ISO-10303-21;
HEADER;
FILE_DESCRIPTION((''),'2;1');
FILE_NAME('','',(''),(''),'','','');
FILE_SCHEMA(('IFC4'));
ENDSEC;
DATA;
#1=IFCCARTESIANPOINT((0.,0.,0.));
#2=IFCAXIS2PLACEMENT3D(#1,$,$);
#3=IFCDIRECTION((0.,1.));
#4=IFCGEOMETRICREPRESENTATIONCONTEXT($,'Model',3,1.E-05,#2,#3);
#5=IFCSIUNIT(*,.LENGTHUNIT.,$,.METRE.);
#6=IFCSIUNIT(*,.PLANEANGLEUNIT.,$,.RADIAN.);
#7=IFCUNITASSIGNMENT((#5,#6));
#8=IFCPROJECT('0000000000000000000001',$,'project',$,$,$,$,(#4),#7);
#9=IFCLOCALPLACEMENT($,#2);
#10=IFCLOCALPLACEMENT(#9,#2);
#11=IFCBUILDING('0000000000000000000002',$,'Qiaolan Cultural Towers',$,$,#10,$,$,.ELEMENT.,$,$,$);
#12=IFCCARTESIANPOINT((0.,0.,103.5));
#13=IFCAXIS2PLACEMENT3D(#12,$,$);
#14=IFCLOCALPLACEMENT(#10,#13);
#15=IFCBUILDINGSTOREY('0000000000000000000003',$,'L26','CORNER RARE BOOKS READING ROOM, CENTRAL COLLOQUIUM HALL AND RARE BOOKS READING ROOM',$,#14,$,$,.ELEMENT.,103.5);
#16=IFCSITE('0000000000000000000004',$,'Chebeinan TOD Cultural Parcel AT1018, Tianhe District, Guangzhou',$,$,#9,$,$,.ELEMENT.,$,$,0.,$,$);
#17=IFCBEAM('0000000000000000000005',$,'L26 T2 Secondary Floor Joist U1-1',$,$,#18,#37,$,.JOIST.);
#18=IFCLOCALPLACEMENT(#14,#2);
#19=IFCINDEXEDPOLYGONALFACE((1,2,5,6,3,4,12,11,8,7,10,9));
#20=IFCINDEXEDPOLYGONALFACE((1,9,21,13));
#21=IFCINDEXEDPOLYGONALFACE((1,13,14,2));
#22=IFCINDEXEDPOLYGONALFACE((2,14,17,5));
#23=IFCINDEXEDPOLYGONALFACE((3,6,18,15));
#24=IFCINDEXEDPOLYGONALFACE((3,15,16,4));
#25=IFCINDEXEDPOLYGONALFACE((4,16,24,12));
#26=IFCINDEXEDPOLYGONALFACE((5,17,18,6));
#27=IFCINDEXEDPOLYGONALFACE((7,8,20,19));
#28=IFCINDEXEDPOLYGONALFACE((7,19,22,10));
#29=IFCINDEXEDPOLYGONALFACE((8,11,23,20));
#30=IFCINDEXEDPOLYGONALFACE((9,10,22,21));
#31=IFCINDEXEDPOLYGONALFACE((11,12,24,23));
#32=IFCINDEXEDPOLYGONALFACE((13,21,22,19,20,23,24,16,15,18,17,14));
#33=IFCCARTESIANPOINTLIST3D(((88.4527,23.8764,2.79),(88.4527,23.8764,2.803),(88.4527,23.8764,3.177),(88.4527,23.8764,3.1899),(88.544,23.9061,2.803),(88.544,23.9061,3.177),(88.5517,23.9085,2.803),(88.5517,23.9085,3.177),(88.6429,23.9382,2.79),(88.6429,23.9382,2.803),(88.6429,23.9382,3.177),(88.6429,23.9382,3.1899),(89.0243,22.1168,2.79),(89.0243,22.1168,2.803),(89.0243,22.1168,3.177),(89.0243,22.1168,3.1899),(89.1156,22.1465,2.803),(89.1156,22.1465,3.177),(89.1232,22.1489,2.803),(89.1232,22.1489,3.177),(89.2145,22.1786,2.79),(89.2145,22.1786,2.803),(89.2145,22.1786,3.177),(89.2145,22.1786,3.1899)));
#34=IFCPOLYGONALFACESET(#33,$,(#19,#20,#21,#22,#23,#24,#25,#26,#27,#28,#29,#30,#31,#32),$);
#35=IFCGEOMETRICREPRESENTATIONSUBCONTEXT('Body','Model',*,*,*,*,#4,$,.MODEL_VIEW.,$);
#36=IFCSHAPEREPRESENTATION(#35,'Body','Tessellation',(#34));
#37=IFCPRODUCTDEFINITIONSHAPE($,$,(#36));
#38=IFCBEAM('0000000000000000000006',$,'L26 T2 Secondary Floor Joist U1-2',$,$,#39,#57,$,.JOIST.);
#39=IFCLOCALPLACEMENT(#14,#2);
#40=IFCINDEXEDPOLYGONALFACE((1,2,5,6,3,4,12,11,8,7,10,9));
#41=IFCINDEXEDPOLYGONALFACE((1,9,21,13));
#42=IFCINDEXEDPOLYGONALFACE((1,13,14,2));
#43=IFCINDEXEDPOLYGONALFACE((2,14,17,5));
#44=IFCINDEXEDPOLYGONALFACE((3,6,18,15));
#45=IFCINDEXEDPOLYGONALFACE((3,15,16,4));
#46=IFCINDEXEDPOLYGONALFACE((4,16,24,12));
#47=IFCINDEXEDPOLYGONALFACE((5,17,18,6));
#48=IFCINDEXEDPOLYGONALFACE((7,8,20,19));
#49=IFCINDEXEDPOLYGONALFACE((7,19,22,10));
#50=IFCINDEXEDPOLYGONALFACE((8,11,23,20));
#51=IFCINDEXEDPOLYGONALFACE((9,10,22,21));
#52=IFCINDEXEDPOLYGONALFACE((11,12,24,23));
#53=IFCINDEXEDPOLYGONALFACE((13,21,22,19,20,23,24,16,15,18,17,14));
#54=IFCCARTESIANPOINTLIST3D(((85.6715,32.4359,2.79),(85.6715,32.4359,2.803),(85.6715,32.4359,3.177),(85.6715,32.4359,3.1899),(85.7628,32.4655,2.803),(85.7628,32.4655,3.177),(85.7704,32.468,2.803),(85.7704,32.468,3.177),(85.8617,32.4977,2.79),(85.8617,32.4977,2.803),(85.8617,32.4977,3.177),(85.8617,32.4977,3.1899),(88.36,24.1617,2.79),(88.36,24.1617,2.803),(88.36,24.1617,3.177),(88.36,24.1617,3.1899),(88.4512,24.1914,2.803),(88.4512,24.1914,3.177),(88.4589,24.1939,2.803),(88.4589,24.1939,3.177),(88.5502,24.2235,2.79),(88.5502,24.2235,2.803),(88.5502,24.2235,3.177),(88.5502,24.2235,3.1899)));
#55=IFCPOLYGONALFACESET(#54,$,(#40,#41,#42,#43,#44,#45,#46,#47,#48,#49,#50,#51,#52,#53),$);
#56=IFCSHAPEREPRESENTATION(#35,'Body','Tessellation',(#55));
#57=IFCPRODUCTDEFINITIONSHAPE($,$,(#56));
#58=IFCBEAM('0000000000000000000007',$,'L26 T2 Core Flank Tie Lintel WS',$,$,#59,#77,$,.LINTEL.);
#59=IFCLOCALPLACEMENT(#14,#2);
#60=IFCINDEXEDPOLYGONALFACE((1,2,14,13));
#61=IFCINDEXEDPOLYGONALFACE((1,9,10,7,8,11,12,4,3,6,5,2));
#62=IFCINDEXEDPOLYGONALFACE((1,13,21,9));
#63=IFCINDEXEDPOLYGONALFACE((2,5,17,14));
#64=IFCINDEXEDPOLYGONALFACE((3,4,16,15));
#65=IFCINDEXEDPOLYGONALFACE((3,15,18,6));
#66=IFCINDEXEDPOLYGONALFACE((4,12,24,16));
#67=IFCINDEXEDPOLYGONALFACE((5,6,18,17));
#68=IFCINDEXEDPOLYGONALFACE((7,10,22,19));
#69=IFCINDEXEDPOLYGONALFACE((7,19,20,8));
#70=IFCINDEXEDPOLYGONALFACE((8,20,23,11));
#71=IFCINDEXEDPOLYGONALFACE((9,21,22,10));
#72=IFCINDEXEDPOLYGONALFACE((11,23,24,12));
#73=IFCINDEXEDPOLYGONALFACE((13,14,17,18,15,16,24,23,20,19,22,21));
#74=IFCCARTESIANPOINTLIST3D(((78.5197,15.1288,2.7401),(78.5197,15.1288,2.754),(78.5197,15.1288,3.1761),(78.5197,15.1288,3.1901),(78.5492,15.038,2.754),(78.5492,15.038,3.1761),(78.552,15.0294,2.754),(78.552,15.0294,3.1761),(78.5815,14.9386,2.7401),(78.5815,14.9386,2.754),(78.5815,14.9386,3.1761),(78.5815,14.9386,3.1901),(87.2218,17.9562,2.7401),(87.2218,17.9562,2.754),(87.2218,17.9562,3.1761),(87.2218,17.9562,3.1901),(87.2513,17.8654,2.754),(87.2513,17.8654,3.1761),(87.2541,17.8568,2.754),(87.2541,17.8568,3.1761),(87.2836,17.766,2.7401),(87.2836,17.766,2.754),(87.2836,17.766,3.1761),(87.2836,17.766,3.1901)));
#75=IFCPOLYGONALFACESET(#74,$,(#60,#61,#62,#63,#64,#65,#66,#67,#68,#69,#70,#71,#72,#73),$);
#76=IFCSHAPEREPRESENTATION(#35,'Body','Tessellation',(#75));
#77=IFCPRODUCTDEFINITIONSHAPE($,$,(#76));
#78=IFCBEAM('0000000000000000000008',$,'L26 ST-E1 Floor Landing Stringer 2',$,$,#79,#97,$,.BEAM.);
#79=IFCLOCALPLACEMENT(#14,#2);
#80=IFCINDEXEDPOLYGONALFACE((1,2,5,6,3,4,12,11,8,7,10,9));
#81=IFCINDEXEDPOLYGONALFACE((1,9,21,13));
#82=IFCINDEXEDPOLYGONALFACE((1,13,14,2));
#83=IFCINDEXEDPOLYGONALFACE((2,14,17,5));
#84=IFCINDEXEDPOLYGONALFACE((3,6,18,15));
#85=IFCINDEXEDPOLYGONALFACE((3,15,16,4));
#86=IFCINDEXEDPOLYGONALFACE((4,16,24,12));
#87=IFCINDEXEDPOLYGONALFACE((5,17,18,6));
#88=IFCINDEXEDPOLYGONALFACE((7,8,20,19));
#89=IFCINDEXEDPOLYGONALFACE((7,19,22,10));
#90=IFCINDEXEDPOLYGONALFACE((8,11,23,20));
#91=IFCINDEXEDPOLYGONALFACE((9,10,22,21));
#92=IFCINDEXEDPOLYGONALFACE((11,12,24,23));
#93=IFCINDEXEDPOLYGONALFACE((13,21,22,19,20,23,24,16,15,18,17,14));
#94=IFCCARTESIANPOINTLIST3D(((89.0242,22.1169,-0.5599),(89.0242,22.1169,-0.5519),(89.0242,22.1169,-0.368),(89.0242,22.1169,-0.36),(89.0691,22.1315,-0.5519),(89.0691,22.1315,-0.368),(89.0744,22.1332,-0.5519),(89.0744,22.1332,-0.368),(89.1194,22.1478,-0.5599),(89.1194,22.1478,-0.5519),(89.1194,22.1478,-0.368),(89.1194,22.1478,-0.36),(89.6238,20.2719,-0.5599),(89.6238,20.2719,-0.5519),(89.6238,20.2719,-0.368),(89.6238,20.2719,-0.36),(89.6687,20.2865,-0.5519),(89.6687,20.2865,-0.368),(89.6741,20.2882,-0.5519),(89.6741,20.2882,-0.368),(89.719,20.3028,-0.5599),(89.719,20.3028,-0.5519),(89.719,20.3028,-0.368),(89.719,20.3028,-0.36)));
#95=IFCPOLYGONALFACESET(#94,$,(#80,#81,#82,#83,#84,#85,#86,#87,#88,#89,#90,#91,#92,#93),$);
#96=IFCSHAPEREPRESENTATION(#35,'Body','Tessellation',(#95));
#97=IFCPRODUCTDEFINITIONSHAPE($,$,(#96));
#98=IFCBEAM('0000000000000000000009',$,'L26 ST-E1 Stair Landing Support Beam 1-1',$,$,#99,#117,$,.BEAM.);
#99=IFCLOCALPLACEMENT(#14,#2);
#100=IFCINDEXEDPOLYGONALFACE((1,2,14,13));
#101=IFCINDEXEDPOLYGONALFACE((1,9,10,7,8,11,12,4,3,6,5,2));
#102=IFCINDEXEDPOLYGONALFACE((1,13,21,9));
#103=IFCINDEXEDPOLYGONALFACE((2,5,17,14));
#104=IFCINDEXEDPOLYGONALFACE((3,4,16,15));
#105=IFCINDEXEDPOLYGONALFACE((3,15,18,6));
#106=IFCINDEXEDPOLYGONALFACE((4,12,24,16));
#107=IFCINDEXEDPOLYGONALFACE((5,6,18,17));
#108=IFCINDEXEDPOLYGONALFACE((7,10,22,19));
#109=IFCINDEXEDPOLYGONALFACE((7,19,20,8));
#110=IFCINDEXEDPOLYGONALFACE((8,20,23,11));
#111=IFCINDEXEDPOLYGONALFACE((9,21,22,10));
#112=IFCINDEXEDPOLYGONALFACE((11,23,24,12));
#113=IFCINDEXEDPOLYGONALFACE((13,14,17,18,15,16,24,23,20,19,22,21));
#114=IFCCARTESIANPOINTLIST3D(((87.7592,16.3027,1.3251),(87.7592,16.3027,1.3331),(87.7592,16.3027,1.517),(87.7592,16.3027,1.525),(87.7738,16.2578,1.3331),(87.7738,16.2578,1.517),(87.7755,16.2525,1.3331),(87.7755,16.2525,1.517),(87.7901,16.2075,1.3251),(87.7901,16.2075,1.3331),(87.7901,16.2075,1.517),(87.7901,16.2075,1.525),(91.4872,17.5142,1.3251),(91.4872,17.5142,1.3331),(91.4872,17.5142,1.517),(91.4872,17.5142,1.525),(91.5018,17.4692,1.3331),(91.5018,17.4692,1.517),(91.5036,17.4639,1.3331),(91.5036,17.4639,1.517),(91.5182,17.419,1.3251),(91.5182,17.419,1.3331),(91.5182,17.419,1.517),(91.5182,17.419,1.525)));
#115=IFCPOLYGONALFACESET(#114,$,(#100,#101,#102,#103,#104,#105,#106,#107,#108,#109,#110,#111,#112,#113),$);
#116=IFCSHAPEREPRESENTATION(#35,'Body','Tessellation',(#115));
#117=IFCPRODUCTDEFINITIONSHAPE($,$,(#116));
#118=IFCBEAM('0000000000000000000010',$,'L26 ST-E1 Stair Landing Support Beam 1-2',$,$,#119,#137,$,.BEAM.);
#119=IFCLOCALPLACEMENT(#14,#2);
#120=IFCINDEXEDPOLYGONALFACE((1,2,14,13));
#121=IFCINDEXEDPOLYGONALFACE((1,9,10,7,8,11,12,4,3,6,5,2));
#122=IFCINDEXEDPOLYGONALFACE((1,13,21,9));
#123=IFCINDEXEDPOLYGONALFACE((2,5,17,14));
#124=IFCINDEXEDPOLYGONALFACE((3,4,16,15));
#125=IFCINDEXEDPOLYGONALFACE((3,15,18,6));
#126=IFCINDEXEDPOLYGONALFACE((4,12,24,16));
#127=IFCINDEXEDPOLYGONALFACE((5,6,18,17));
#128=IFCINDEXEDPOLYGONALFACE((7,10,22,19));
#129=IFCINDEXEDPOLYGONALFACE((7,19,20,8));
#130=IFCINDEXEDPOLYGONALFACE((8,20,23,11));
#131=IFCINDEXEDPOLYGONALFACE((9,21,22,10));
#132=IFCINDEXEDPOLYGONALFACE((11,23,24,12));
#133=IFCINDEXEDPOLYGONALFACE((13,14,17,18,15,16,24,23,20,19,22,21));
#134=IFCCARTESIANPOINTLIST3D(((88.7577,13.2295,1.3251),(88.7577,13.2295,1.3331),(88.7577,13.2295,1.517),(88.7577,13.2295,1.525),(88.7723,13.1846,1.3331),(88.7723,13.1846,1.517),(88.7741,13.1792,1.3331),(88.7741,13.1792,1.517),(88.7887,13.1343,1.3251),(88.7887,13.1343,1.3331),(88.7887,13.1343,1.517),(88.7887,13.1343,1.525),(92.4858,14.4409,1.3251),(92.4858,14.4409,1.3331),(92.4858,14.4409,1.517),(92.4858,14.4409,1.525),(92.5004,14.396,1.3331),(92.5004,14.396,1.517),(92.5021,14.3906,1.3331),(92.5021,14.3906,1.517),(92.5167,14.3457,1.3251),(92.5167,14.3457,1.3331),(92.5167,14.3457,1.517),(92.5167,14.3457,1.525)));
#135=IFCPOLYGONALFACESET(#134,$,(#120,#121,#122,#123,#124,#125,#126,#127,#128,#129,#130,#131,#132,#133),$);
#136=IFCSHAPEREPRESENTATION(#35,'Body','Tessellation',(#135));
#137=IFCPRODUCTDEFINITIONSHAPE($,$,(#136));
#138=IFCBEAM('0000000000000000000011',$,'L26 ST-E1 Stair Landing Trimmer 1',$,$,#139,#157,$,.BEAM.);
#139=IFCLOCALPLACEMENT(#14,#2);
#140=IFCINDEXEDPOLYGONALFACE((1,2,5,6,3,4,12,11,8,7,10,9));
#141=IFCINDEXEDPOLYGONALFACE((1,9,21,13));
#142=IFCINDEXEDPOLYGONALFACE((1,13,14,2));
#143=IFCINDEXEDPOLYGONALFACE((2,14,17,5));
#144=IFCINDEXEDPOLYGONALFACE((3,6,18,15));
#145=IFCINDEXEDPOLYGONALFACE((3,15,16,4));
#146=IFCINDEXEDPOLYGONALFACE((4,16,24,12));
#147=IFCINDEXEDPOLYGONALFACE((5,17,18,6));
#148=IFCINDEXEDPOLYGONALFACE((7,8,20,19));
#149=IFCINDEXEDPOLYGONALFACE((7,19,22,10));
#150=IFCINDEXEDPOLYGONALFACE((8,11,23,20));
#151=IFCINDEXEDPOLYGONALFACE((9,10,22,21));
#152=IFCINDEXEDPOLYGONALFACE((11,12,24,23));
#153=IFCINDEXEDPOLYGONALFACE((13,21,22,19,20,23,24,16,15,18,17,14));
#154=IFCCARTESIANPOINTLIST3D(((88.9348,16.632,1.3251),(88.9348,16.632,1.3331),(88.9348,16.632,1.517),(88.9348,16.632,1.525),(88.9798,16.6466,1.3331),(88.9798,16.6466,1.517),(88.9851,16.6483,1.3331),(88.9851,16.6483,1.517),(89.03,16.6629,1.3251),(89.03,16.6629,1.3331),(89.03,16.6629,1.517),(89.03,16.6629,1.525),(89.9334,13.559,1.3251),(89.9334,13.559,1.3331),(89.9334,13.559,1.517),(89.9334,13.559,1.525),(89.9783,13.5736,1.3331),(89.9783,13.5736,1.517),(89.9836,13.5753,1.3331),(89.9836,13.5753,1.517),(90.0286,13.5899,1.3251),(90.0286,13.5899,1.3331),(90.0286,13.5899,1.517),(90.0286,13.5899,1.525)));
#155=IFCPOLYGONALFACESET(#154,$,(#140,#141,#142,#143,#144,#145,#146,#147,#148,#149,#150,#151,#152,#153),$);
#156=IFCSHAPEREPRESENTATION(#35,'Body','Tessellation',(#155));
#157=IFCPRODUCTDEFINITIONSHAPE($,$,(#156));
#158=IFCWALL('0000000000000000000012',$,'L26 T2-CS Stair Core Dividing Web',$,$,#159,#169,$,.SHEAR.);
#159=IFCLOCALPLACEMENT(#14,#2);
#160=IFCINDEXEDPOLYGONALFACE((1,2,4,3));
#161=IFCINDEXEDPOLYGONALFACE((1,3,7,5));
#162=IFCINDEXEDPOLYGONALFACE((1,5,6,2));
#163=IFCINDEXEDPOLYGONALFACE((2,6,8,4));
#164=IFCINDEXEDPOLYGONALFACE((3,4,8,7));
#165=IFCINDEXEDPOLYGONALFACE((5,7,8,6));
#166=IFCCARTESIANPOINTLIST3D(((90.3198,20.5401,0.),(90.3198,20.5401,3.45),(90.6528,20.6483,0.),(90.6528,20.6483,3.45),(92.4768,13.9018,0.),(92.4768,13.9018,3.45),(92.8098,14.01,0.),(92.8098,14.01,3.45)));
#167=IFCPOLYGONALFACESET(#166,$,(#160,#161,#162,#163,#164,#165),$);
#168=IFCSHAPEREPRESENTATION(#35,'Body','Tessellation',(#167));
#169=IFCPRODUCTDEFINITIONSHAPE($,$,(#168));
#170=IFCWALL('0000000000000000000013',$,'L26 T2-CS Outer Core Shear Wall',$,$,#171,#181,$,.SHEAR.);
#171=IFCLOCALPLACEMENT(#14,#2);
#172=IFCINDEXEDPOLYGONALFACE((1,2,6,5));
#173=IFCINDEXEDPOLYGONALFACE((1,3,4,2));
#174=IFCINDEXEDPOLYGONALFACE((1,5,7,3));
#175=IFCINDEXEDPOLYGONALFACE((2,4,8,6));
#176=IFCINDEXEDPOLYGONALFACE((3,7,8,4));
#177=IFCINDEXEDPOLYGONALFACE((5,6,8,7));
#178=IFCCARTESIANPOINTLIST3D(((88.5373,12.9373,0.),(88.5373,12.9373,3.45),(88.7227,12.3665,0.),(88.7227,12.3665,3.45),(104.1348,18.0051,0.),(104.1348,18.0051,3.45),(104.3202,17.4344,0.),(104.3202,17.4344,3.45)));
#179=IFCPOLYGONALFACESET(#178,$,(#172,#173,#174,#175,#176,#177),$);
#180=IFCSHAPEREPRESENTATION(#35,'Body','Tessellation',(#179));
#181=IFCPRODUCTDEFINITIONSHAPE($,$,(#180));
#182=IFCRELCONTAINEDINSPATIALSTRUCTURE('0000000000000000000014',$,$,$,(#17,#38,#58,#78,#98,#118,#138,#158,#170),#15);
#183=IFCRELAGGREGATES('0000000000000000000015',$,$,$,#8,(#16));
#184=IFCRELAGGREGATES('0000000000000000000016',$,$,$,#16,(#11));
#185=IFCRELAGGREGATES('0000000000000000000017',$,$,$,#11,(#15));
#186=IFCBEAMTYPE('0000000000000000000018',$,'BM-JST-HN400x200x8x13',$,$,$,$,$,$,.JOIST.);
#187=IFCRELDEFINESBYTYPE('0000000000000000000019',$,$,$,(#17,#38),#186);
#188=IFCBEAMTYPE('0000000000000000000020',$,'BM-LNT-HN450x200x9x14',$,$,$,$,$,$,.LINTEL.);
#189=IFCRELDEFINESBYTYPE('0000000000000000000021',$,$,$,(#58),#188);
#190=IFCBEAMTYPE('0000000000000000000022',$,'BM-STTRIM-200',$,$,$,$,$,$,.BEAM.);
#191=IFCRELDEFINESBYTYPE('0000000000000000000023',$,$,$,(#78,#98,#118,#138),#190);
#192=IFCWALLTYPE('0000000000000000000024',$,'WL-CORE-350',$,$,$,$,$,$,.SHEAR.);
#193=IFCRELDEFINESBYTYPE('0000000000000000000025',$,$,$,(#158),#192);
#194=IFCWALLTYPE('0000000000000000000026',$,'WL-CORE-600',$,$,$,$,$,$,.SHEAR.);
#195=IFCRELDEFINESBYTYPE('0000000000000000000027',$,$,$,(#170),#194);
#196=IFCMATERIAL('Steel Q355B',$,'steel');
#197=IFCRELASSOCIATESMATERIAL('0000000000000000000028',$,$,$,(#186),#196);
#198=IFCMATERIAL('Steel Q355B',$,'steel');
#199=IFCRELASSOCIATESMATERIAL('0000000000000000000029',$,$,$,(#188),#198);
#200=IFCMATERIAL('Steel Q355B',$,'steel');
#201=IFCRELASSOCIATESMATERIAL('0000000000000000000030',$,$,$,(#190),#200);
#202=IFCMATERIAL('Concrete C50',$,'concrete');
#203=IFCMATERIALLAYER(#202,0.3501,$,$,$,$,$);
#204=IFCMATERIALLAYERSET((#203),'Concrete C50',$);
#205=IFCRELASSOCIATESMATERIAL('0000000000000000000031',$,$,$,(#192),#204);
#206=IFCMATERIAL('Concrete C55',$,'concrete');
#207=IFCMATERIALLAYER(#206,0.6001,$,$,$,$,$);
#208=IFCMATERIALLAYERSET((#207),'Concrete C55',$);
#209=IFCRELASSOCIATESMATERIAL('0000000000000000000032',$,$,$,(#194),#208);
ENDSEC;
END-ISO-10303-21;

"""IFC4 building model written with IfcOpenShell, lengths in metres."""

from ifc_helpers import new_model, si_unit, direction, frame, frame_2d, origin, origin_2d, place, context, subcontext, project, spatial, rectangle, i_section, extrude, material, layer, layer_set, material_profile, profile_set, type_object, element, save


model = new_model("IFC4")

# Units and contexts
model_context = context("Model", 3, precision=1e-05, world=origin(), true_north=direction((0.0, 1.0)))
body_context = subcontext(model_context, "Body", "Model", "MODEL_VIEW")
ifc_project = project(units=[si_unit("LENGTHUNIT", "METRE"), si_unit("PLANEANGLEUNIT", "RADIAN")], contexts=[model_context])

# Site, building, storey
site_placement = place(None, origin())
site = spatial("IfcSite", under=ifc_project, at=site_placement, Name="Chebeinan TOD Cultural Parcel AT1018, Tianhe District, Guangzhou", CompositionType="ELEMENT", RefElevation=0.0)
building_placement = place(site_placement, origin())
building = spatial("IfcBuilding", under=site, at=building_placement, Name="Qiaolan Cultural Towers", CompositionType="ELEMENT")
storey_placement = place(building_placement, frame((0.0, 0.0, 103.5)))
storey = spatial("IfcBuildingStorey", under=building, at=storey_placement, Name="L26", Description="CORNER RARE BOOKS READING ROOM, CENTRAL COLLOQUIUM HALL AND RARE BOOKS READING ROOM", CompositionType="ELEMENT", Elevation=103.5)

# Beams
ifc_material_1 = material(Name="Steel Q355B", Category="steel")
ifc_material_profile_1 = material_profile(ifc_material_1, i_section(OverallWidth=0.2, OverallDepth=0.3999, WebThickness=0.0081, FlangeThickness=0.0129, at=origin_2d()), Name="HN400x200x8x13")
ifc_profile_set_1 = profile_set([ifc_material_profile_1], Name="Steel Q355B")
beam_type_1 = type_object("IfcBeamType", Name="BM-JST-HN400x200x8x13", PredefinedType="JOIST", material=ifc_profile_set_1)
beam_1_placement = place(storey_placement, frame((89.1194, 22.1477, 2.99), z_axis=(-0.308934, 0.951084, 0.0), x_axis=(-0.951084, -0.308934, 0.0)))
element("IfcBeam", 1, at=beam_1_placement, inside=storey, type_object=beam_type_1, Name="L26 T2 Secondary Floor Joist U1-1", PredefinedType="JOIST", context=body_context, shape_type="SweptSolid", body=[
    extrude(i_section(OverallWidth=0.2, OverallDepth=0.3999, WebThickness=0.0081, FlangeThickness=0.0129, at=origin_2d()), origin(), (0.0, 0.0, 1.0), 1.8501),
])
beam_2_placement = place(storey_placement, frame((88.4551, 24.1926, 2.99), z_axis=(-0.309021, 0.951055, 0.0), x_axis=(-0.951055, -0.309021, 0.0)))
element("IfcBeam", 2, at=beam_2_placement, inside=storey, type_object=beam_type_1, Name="L26 T2 Secondary Floor Joist U1-2", PredefinedType="JOIST", context=body_context, shape_type="SweptSolid", body=[
    extrude(i_section(OverallWidth=0.2, OverallDepth=0.3999, WebThickness=0.0081, FlangeThickness=0.0129, at=origin_2d()), origin(), (0.0, 0.0, 1.0), 8.7),
])
ifc_material_2 = material(Name="Steel Q355B", Category="steel")
ifc_material_profile_2 = material_profile(ifc_material_2, i_section(OverallWidth=0.2, OverallDepth=0.45, WebThickness=0.009, FlangeThickness=0.0139, at=origin_2d()), Name="HN450x200x9x14")
ifc_profile_set_2 = profile_set([ifc_material_profile_2], Name="Steel Q355B")
beam_type_2 = type_object("IfcBeamType", Name="BM-LNT-HN450x200x9x14", PredefinedType="LINTEL", material=ifc_profile_set_2)
beam_3_placement = place(storey_placement, frame((87.2527, 17.8611, 2.9651), z_axis=(-0.95106, -0.309006, 0.0), x_axis=(0.309006, -0.95106, 0.0)))
element("IfcBeam", 3, at=beam_3_placement, inside=storey, type_object=beam_type_2, Name="L26 T2 Core Flank Tie Lintel WS", PredefinedType="LINTEL", context=body_context, shape_type="SweptSolid", body=[
    extrude(i_section(OverallWidth=0.2, OverallDepth=0.45, WebThickness=0.009, FlangeThickness=0.0139, at=origin_2d()), origin(), (0.0, 0.0, 1.0), 9.1499),
])
ifc_material_3 = material(Name="Steel Q355B", Category="steel")
ifc_material_profile_3 = material_profile(ifc_material_3, i_section(OverallWidth=0.1001, OverallDepth=0.2, WebThickness=0.0056, FlangeThickness=0.0081, at=origin_2d()), Name="HN200x100x5.5x8")
ifc_profile_set_3 = profile_set([ifc_material_profile_3], Name="Steel Q355B")
beam_type_3 = type_object("IfcBeamType", Name="BM-STTRIM-200", PredefinedType="BEAM", material=ifc_profile_set_3)
beam_4_placement = place(storey_placement, frame((89.0718, 22.1323, -0.46), z_axis=(0.309083, -0.951035, 0.0), x_axis=(0.951035, 0.309083, 0.0)))
element("IfcBeam", 4, at=beam_4_placement, inside=storey, type_object=beam_type_3, Name="L26 ST-E1 Floor Landing Stringer 2", PredefinedType="BEAM", context=body_context, shape_type="SweptSolid", body=[
    extrude(i_section(OverallWidth=0.1001, OverallDepth=0.2, WebThickness=0.0056, FlangeThickness=0.0081, at=origin_2d()), origin(), (0.0, 0.0, 1.0), 1.9399),
])
for number, where, z_axis, x_axis, name in (
    (5, (87.7747, 16.2551, 1.425), (0.951048, 0.309044, 0.0), (-0.309044, 0.951048, 0.0), "L26 ST-E1 Stair Landing Support Beam 1-1"),
    (6, (88.7732, 13.1819, 1.425), (0.951048, 0.309044, 0.0), (-0.309044, 0.951048, 0.0), "L26 ST-E1 Stair Landing Support Beam 1-2"),
):
    element("IfcBeam", number, at=place(storey_placement, frame(where, z_axis=z_axis, x_axis=x_axis)), inside=storey, type_object=beam_type_3, Name=name, PredefinedType="BEAM", context=body_context, shape_type="SweptSolid", body=[
        extrude(i_section(OverallWidth=0.1001, OverallDepth=0.2, WebThickness=0.0056, FlangeThickness=0.0081, at=origin_2d()), origin(), (0.0, 0.0, 1.0), 3.9199),
    ])
beam_5_placement = place(storey_placement, frame((88.9824, 16.6475, 1.425), z_axis=(0.309033, -0.951051, 0.0), x_axis=(0.951051, 0.309033, 0.0)))
element("IfcBeam", 7, at=beam_5_placement, inside=storey, type_object=beam_type_3, Name="L26 ST-E1 Stair Landing Trimmer 1", PredefinedType="BEAM", context=body_context, shape_type="SweptSolid", body=[
    extrude(i_section(OverallWidth=0.1001, OverallDepth=0.2, WebThickness=0.0056, FlangeThickness=0.0081, at=origin_2d()), origin(), (0.0, 0.0, 1.0), 3.2312),
])

# Walls
ifc_material_4 = material(Name="Concrete C50", Category="concrete")
ifc_layer_1 = layer(ifc_material_4, 0.3501)
ifc_layer_set_1 = layer_set([ifc_layer_1], Name="Concrete C50")
wall_type_1 = type_object("IfcWallType", Name="WL-CORE-350", PredefinedType="SHEAR", material=ifc_layer_set_1)
wall_1_placement = place(storey_placement, frame((90.4863, 20.5942, 0.0), z_axis=(0.0, 0.0, 1.0), x_axis=(0.30902, -0.951055, 0.0)))
element("IfcWall", 8, at=wall_1_placement, inside=storey, type_object=wall_type_1, Name="L26 T2-CS Stair Core Dividing Web", PredefinedType="SHEAR", context=body_context, shape_type="SweptSolid", body=[
    extrude(rectangle(XDim=6.98, YDim=0.3501, at=frame_2d((3.49, 0.0))), origin(), (0.0, 0.0, 1.0), 3.45),
])
ifc_material_5 = material(Name="Concrete C55", Category="concrete")
ifc_layer_2 = layer(ifc_material_5, 0.6001)
ifc_layer_set_2 = layer_set([ifc_layer_2], Name="Concrete C55")
wall_type_2 = type_object("IfcWallType", Name="WL-CORE-600", PredefinedType="SHEAR", material=ifc_layer_set_2)
wall_2_placement = place(storey_placement, frame((88.6299, 12.6519, 0.0), z_axis=(0.0, 0.0, 1.0), x_axis=(0.951057, 0.309015, 0.0)))
element("IfcWall", 9, at=wall_2_placement, inside=storey, type_object=wall_type_2, Name="L26 T2-CS Outer Core Shear Wall", PredefinedType="SHEAR", context=body_context, shape_type="SweptSolid", body=[
    extrude(rectangle(XDim=16.4001, YDim=0.6001, at=frame_2d((8.2002, 0.0))), origin(), (0.0, 0.0, 1.0), 3.45),
])

save(model, "model.ifc")
